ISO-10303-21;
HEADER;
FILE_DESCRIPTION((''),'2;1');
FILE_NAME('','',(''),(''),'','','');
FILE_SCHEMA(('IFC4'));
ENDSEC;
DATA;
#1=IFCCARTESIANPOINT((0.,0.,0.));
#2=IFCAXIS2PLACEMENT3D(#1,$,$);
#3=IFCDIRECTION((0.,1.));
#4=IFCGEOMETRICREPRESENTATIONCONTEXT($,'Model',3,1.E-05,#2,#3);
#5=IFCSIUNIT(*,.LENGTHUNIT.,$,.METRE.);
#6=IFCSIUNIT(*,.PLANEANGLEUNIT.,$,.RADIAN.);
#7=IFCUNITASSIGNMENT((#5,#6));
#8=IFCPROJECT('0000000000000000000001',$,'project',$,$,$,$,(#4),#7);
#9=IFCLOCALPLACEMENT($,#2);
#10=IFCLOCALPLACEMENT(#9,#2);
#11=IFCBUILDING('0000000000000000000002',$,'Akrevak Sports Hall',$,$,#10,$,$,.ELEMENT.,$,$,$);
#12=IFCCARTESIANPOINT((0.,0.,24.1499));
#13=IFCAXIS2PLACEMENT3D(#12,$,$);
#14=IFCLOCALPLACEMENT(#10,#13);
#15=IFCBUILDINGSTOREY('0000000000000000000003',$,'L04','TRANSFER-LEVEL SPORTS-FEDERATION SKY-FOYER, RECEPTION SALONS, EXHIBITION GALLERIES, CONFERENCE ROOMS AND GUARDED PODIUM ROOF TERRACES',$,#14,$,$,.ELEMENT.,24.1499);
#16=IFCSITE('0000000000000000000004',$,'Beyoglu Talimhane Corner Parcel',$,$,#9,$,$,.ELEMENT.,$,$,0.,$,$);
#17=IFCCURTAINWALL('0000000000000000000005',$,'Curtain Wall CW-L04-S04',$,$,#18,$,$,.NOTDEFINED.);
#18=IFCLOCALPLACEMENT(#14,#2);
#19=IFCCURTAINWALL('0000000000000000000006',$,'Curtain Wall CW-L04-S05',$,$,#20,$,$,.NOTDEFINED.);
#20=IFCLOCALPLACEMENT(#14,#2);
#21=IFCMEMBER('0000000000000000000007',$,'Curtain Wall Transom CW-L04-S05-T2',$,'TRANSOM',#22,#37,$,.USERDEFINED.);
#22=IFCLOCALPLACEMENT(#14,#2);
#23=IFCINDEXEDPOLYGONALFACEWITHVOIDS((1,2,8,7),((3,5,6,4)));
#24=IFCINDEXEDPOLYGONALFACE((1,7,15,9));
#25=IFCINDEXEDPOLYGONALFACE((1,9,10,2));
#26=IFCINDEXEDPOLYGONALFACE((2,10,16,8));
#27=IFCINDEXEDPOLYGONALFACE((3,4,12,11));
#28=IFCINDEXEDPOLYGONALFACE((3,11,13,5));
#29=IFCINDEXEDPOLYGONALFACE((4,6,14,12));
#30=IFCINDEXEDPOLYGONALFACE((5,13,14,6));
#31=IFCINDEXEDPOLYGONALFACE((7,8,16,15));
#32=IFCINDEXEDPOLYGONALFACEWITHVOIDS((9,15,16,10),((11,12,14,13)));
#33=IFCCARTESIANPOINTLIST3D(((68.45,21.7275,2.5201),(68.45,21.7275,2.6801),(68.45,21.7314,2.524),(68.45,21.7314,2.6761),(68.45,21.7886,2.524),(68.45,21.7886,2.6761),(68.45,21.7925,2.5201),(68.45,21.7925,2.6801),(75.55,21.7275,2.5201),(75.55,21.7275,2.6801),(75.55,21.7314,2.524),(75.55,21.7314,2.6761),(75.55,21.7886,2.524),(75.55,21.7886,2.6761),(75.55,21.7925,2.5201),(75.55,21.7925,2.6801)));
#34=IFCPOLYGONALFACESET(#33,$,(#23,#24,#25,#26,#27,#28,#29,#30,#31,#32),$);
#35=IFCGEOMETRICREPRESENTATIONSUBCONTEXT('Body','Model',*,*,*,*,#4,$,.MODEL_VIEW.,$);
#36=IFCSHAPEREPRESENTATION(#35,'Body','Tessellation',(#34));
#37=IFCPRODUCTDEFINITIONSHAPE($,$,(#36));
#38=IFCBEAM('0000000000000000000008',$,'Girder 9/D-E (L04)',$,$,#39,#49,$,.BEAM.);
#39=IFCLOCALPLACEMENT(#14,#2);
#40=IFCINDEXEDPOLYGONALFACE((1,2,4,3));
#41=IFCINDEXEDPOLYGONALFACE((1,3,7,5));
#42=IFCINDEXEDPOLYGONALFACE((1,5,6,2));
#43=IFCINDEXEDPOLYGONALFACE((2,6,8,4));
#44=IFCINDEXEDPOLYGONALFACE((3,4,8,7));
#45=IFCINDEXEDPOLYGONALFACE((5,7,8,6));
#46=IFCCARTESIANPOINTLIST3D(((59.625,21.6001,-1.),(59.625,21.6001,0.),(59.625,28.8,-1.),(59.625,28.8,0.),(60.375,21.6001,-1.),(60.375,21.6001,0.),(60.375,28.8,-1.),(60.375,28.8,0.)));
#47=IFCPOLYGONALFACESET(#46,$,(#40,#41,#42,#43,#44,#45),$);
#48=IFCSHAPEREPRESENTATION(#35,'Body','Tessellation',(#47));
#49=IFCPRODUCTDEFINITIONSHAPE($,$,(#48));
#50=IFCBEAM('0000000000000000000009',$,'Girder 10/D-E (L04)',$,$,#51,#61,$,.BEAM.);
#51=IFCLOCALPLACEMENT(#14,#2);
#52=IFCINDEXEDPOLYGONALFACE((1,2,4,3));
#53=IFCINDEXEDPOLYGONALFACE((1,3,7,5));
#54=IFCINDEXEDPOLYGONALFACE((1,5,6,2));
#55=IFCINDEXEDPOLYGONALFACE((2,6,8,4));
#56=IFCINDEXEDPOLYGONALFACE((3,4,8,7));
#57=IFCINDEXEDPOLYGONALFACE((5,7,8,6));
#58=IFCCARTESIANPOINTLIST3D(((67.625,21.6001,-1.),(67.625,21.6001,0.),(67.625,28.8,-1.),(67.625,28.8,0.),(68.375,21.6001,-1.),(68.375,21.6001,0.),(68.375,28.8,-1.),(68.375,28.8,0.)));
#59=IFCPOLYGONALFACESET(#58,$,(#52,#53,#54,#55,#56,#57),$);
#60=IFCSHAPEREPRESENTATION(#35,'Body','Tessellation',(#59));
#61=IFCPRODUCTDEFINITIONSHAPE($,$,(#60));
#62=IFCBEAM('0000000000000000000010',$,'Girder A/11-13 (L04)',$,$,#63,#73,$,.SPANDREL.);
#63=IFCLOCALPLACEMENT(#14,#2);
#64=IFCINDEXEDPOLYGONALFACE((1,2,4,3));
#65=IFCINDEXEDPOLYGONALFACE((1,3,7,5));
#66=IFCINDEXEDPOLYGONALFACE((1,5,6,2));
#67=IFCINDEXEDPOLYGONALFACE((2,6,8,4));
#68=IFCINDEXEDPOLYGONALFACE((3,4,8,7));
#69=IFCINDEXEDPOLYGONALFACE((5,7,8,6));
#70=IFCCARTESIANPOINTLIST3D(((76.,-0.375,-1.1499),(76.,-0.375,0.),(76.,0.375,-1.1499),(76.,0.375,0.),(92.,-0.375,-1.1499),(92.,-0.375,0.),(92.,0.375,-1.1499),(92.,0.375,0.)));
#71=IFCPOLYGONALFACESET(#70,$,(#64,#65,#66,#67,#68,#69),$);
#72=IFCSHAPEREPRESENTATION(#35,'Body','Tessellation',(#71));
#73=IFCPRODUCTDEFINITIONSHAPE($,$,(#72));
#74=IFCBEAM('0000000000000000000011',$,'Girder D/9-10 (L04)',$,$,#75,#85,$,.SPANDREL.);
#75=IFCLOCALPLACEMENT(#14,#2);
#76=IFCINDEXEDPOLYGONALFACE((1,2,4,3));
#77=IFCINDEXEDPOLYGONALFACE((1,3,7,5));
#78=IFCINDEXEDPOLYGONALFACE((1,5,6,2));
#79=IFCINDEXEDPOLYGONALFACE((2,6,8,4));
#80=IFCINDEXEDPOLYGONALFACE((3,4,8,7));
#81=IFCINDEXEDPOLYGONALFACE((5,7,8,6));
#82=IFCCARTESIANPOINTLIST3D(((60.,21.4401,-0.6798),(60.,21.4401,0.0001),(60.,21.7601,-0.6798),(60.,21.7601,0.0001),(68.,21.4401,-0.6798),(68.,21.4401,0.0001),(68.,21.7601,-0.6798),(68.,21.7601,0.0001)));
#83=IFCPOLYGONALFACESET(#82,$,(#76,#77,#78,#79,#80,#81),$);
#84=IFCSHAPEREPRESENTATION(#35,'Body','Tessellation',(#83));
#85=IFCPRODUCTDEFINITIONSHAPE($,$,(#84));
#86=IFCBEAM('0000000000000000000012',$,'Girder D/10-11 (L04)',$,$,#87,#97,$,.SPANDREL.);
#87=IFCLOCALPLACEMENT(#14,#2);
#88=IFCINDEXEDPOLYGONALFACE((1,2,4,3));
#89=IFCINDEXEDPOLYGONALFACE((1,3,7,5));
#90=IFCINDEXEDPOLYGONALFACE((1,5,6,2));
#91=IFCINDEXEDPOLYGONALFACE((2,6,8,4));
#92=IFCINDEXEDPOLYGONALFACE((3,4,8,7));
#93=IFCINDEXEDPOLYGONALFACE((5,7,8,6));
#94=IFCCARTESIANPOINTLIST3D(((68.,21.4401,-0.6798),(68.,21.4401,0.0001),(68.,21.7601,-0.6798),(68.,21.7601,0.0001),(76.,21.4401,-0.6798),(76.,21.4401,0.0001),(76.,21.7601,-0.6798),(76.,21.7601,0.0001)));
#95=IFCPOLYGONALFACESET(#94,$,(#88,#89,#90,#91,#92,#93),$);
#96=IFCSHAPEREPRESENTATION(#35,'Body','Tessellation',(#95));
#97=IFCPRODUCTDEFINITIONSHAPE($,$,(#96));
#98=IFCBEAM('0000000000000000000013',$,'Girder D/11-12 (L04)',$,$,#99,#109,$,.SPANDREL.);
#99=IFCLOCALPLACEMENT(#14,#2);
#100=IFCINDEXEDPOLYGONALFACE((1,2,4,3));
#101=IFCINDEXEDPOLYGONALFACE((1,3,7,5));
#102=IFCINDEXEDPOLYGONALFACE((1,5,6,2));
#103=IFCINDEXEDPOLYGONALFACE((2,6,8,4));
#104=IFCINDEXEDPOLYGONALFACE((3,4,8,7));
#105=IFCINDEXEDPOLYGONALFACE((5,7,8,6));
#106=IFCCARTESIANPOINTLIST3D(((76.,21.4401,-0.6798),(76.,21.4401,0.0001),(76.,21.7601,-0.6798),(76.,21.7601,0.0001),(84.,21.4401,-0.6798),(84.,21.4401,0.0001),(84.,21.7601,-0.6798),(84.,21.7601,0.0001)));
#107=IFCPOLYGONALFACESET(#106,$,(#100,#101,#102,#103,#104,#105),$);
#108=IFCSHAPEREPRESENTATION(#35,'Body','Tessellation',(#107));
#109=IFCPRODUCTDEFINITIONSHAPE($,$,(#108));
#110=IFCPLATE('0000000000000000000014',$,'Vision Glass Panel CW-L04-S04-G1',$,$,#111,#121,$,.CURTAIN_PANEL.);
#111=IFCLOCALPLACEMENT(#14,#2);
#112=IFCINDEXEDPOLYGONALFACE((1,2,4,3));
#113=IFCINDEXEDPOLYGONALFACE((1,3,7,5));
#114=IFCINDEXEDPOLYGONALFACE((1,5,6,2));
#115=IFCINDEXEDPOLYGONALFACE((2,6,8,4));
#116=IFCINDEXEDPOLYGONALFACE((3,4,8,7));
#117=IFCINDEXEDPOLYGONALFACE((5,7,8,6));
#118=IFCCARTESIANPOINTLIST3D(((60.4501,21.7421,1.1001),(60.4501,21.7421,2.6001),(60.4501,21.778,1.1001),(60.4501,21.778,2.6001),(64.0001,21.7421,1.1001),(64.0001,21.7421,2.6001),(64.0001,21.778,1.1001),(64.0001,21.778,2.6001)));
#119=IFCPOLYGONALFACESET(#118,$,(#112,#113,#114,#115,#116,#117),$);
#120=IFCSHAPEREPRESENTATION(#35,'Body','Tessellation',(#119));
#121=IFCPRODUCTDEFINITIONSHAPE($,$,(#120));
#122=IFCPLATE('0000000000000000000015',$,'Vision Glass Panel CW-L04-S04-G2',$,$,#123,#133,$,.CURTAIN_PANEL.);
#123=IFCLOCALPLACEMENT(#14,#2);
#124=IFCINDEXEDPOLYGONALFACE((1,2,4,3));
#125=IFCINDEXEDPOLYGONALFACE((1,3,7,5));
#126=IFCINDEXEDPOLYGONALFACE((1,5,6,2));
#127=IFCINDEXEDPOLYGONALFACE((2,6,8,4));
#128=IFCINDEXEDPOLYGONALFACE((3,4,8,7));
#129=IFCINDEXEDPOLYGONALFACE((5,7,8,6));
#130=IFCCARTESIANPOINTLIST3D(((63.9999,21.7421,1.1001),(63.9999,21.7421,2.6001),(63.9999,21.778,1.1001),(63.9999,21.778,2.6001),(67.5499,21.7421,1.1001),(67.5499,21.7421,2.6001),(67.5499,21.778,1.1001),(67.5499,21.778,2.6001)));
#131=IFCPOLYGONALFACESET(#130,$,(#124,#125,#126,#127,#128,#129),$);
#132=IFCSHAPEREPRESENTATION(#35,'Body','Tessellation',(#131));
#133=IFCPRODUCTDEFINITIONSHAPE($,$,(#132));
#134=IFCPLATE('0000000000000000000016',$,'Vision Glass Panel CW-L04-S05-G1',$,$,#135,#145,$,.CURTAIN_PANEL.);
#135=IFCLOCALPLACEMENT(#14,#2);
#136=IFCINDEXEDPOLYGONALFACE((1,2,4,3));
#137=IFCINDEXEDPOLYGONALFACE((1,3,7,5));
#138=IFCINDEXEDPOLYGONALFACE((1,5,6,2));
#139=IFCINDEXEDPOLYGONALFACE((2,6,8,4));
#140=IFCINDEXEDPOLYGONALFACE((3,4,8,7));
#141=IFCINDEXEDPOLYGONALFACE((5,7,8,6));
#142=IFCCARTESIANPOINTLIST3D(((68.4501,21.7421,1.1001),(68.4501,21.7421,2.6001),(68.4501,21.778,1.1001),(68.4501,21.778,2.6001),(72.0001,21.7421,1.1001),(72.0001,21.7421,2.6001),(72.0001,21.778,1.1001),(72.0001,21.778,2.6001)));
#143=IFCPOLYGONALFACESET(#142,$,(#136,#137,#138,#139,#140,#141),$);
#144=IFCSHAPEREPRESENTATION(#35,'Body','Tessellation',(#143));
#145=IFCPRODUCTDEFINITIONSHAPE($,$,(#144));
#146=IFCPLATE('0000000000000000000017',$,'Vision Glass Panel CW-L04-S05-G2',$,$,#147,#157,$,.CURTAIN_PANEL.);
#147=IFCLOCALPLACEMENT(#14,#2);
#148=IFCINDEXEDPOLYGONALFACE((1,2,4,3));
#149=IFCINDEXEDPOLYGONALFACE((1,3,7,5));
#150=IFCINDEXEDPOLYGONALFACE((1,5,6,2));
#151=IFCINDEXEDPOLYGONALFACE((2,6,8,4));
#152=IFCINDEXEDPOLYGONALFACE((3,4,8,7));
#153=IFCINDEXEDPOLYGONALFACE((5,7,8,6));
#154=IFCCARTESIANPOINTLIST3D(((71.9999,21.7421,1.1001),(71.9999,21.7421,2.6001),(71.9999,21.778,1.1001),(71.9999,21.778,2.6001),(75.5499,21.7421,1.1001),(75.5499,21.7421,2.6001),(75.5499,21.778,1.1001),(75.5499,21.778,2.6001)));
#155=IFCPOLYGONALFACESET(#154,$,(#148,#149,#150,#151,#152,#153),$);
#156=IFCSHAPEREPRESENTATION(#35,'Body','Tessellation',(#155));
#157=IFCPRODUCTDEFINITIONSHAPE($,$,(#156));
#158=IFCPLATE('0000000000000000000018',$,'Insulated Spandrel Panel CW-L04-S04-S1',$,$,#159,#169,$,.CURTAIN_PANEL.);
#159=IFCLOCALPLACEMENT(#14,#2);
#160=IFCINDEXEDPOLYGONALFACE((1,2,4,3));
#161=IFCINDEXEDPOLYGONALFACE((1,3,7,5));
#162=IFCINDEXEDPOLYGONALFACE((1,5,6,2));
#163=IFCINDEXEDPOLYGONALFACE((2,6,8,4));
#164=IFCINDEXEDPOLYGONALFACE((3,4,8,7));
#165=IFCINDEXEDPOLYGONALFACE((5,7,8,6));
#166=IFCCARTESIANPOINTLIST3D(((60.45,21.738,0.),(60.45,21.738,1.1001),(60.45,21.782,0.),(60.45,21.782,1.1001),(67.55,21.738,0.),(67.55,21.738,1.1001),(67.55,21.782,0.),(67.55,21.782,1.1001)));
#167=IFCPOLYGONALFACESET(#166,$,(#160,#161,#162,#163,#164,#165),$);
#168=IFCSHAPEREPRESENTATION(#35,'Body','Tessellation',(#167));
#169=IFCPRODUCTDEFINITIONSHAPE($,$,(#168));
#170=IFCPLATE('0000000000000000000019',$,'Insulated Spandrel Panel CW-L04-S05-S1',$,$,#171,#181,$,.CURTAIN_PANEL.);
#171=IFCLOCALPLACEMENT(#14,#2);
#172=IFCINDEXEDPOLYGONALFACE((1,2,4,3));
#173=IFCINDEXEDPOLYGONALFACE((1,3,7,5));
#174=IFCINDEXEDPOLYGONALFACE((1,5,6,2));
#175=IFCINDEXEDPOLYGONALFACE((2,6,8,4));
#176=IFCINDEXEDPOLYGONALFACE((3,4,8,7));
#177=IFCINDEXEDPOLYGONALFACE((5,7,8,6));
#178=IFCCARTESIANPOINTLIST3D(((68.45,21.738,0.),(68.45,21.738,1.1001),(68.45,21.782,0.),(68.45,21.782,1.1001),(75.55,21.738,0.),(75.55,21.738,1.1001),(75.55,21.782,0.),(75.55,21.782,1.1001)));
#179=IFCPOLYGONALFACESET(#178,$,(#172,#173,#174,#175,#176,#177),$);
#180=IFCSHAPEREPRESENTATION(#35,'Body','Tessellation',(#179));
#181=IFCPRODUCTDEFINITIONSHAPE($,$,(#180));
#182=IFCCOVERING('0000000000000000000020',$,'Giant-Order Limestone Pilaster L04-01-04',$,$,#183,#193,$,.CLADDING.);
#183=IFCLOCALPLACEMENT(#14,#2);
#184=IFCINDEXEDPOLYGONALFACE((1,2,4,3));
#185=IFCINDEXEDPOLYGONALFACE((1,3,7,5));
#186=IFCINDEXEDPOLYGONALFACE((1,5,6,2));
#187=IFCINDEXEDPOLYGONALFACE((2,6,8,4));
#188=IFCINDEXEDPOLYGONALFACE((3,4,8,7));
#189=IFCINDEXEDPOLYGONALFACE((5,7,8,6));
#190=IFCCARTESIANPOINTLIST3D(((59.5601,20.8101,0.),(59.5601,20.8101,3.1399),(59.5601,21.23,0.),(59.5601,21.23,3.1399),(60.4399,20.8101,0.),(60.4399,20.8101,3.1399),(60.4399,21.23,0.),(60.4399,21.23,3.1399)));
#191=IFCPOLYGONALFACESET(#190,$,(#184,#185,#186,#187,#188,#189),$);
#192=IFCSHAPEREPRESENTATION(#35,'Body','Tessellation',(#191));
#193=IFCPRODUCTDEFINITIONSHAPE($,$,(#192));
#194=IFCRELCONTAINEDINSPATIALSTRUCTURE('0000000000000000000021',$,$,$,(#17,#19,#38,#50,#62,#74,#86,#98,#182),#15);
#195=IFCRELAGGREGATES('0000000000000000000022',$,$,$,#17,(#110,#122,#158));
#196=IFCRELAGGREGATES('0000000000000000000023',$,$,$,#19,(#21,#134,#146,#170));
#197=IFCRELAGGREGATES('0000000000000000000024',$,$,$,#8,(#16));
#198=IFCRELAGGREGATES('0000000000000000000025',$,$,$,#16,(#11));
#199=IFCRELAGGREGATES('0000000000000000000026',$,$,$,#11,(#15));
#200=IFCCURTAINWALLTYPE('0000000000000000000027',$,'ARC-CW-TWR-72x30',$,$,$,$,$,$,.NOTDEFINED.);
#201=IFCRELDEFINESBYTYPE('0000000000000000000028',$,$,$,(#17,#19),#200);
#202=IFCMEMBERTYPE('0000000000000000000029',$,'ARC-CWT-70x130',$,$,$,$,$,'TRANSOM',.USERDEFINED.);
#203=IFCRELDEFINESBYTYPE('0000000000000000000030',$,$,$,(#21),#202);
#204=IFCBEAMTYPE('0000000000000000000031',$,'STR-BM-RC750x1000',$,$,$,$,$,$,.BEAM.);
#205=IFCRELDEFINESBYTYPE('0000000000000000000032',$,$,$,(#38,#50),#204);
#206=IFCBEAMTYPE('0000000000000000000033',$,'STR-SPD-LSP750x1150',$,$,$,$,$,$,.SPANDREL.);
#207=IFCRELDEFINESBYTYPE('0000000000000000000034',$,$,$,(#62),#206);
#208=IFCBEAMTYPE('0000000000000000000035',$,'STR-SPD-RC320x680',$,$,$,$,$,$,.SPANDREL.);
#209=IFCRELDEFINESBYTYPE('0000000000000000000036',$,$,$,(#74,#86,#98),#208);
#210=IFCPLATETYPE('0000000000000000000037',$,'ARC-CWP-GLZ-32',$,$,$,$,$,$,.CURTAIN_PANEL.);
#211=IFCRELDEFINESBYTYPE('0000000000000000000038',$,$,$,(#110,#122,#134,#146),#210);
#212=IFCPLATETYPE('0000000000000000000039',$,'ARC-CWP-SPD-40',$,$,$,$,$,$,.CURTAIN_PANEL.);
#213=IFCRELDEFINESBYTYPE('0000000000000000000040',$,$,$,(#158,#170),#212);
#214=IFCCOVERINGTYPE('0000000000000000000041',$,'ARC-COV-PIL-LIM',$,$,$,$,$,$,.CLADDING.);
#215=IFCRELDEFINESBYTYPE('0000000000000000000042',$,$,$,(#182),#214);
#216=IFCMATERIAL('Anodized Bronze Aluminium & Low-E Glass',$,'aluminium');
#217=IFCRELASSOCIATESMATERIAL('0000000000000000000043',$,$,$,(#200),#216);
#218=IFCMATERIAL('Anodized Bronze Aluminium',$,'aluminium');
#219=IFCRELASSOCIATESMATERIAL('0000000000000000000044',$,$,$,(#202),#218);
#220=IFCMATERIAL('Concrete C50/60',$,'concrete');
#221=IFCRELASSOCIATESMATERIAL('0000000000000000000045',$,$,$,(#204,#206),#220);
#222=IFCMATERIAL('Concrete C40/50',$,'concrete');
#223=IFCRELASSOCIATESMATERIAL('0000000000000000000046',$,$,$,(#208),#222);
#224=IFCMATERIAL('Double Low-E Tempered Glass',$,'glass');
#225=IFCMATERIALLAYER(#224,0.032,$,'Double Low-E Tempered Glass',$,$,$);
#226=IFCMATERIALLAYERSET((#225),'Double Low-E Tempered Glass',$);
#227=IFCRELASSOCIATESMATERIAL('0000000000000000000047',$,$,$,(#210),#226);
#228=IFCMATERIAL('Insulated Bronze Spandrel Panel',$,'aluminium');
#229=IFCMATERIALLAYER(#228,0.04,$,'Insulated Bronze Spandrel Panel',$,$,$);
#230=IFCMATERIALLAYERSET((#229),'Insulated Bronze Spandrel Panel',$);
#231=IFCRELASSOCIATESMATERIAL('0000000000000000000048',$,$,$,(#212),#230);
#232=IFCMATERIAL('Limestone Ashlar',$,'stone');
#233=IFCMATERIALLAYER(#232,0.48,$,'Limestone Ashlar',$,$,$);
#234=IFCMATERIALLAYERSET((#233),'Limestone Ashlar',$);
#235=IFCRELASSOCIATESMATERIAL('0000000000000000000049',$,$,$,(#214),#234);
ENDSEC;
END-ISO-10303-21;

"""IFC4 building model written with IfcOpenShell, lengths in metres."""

from ifc_helpers import new_model, si_unit, direction, frame, origin, origin_2d, place, context, subcontext, project, spatial, rectangle, hollow_rectangle, extrude, material, layer, layer_set, material_profile, profile_set, type_object, element, aggregate, save


model = new_model("IFC4")

# Units and contexts
model_context = context("Model", 3, precision=1e-05, world=origin(), true_north=direction((0.0, 1.0)))
body_context = subcontext(model_context, "Body", "Model", "MODEL_VIEW")
ifc_project = project(units=[si_unit("LENGTHUNIT", "METRE"), si_unit("PLANEANGLEUNIT", "RADIAN")], contexts=[model_context])

# Site, building, storey
site_placement = place(None, origin())
site = spatial("IfcSite", under=ifc_project, at=site_placement, Name="Beyoglu Talimhane Corner Parcel", CompositionType="ELEMENT", RefElevation=0.0)
building_placement = place(site_placement, origin())
building = spatial("IfcBuilding", under=site, at=building_placement, Name="Akrevak Sports Hall", CompositionType="ELEMENT")
storey_placement = place(building_placement, frame((0.0, 0.0, 24.1499)))
storey = spatial("IfcBuildingStorey", under=building, at=storey_placement, Name="L04", Description="TRANSFER-LEVEL SPORTS-FEDERATION SKY-FOYER, RECEPTION SALONS, EXHIBITION GALLERIES, CONFERENCE ROOMS AND GUARDED PODIUM ROOF TERRACES", CompositionType="ELEMENT", Elevation=24.1499)

# Shared definitions
ifc_material_1 = material(Name="Concrete C40/50", Category="concrete")

# Curtain walls
ifc_material_2 = material(Name="Anodized Bronze Aluminium & Low-E Glass", Category="aluminium")
curtain_wall_type = type_object("IfcCurtainWallType", Name="ARC-CW-TWR-72x30", PredefinedType="NOTDEFINED", material=ifc_material_2)
curtain_wall_1_placement = place(storey_placement, origin())
curtain_wall_1 = element("IfcCurtainWall", 1, at=curtain_wall_1_placement, inside=storey, type_object=curtain_wall_type, Name="Curtain Wall CW-L04-S04", PredefinedType="NOTDEFINED")
ifc_material_3 = material(Name="Anodized Bronze Aluminium", Category="aluminium")
curtain_wall_2_placement = place(storey_placement, origin())
curtain_wall_2 = element("IfcCurtainWall", 2, at=curtain_wall_2_placement, inside=storey, type_object=curtain_wall_type, Name="Curtain Wall CW-L04-S05", PredefinedType="NOTDEFINED")

# Member
ifc_material_profile_1 = material_profile(ifc_material_3, hollow_rectangle(XDim=0.0649, YDim=0.1599, WallThickness=0.0039, at=origin_2d()), Name="CWT 65x160", Category="aluminium")
ifc_profile_set_1 = profile_set([ifc_material_profile_1], Name="Anodized Bronze Aluminium")
member_type_1 = type_object("IfcMemberType", Name="ARC-CWT-70x130", ElementType="TRANSOM", PredefinedType="USERDEFINED", material=ifc_profile_set_1)
member_1_placement = place(storey_placement, frame((68.45, 21.76, 2.6001), z_axis=(1.0, 0.0, 0.0), x_axis=(0.0, 1.0, 0.0)))
member_1 = element("IfcMember", 3, at=member_1_placement, type_object=member_type_1, Name="Curtain Wall Transom CW-L04-S05-T2", ObjectType="TRANSOM", PredefinedType="USERDEFINED", context=body_context, shape_type="SweptSolid", body=[
    extrude(hollow_rectangle(XDim=0.0649, YDim=0.1599, WallThickness=0.0039, at=origin_2d()), origin(), (0.0, 0.0, 1.0), 7.1001),
])

# Beams
ifc_material_4 = material(Name="Concrete C50/60", Category="concrete")
ifc_material_profile_2 = material_profile(ifc_material_4, rectangle(XDim=0.75, YDim=1.0, at=origin_2d()), Name="BM 750x1000", Category="concrete")
ifc_profile_set_2 = profile_set([ifc_material_profile_2], Name="Concrete C50/60")
beam_type_1 = type_object("IfcBeamType", Name="STR-BM-RC750x1000", PredefinedType="BEAM", material=ifc_profile_set_2)
for number, where, z_axis, x_axis, name in (
    (4, (60.0, 21.6001, -0.5), (0.0, 1.0, 0.0), (-1.0, 0.0, 0.0), "Girder 9/D-E (L04)"),
    (5, (68.0, 21.6001, -0.5), (0.0, 1.0, 0.0), (-1.0, 0.0, 0.0), "Girder 10/D-E (L04)"),
):
    element("IfcBeam", number, at=place(storey_placement, frame(where, z_axis=z_axis, x_axis=x_axis)), inside=storey, type_object=beam_type_1, Name=name, PredefinedType="BEAM", context=body_context, shape_type="SweptSolid", body=[
        extrude(rectangle(XDim=0.75, YDim=1.0, at=origin_2d()), origin(), (0.0, 0.0, 1.0), 7.2),
    ])
ifc_material_profile_3 = material_profile(ifc_material_4, rectangle(XDim=0.75, YDim=1.1499, at=origin_2d()), Name="SPD 750x1150", Category="concrete")
ifc_profile_set_3 = profile_set([ifc_material_profile_3], Name="Concrete C50/60")
beam_type_2 = type_object("IfcBeamType", Name="STR-SPD-LSP750x1150", PredefinedType="SPANDREL", material=ifc_profile_set_3)
beam_placement = place(storey_placement, frame((76.0, 0.0, -0.575), z_axis=(1.0, 0.0, 0.0), x_axis=(0.0, 1.0, 0.0)))
element("IfcBeam", 6, at=beam_placement, inside=storey, type_object=beam_type_2, Name="Girder A/11-13 (L04)", PredefinedType="SPANDREL", context=body_context, shape_type="SweptSolid", body=[
    extrude(rectangle(XDim=0.75, YDim=1.1499, at=origin_2d()), origin(), (0.0, 0.0, 1.0), 16.0),
])
ifc_material_profile_4 = material_profile(ifc_material_1, rectangle(XDim=0.3201, YDim=0.6799, at=origin_2d()), Name="SPD 320x680", Category="concrete")
ifc_profile_set_4 = profile_set([ifc_material_profile_4], Name="Concrete C40/50")
beam_type_3 = type_object("IfcBeamType", Name="STR-SPD-RC320x680", PredefinedType="SPANDREL", material=ifc_profile_set_4)
for number, where, z_axis, x_axis, name in (
    (7, (60.0, 21.6001, -0.3398), (1.0, 0.0, 0.0), (0.0, 1.0, 0.0), "Girder D/9-10 (L04)"),
    (8, (68.0, 21.6001, -0.3398), (1.0, 0.0, 0.0), (0.0, 1.0, 0.0), "Girder D/10-11 (L04)"),
    (9, (76.0, 21.6001, -0.3398), (1.0, 0.0, 0.0), (0.0, 1.0, 0.0), "Girder D/11-12 (L04)"),
):
    element("IfcBeam", number, at=place(storey_placement, frame(where, z_axis=z_axis, x_axis=x_axis)), inside=storey, type_object=beam_type_3, Name=name, PredefinedType="SPANDREL", context=body_context, shape_type="SweptSolid", body=[
        extrude(rectangle(XDim=0.3201, YDim=0.6799, at=origin_2d()), origin(), (0.0, 0.0, 1.0), 8.0),
    ])

# Plates
ifc_material_5 = material(Name="Double Low-E Tempered Glass", Category="glass")
ifc_layer_1 = layer(ifc_material_5, 0.032, Name="Double Low-E Tempered Glass")
ifc_layer_set_1 = layer_set([ifc_layer_1], Name="Double Low-E Tempered Glass")
plate_type_1 = type_object("IfcPlateType", Name="ARC-CWP-GLZ-32", PredefinedType="CURTAIN_PANEL", material=ifc_layer_set_1)
plate_1_placement = place(storey_placement, frame((62.2251, 21.76, 1.1001), z_axis=(0.0, 0.0, 1.0), x_axis=(1.0, 0.0, 0.0)))
plate_1 = element("IfcPlate", 10, at=plate_1_placement, type_object=plate_type_1, Name="Vision Glass Panel CW-L04-S04-G1", PredefinedType="CURTAIN_PANEL", context=body_context, shape_type="SweptSolid", body=[
    extrude(rectangle(XDim=3.55, YDim=0.0359, at=origin_2d()), origin(), (0.0, 0.0, 1.0), 1.5),
])
plate_2_placement = place(storey_placement, frame((65.7749, 21.76, 1.1001), z_axis=(0.0, 0.0, 1.0), x_axis=(1.0, 0.0, 0.0)))
plate_2 = element("IfcPlate", 11, at=plate_2_placement, type_object=plate_type_1, Name="Vision Glass Panel CW-L04-S04-G2", PredefinedType="CURTAIN_PANEL", context=body_context, shape_type="SweptSolid", body=[
    extrude(rectangle(XDim=3.55, YDim=0.0359, at=origin_2d()), origin(), (0.0, 0.0, 1.0), 1.5),
])
plate_3_placement = place(storey_placement, frame((70.2251, 21.76, 1.1001), z_axis=(0.0, 0.0, 1.0), x_axis=(1.0, 0.0, 0.0)))
plate_3 = element("IfcPlate", 12, at=plate_3_placement, type_object=plate_type_1, Name="Vision Glass Panel CW-L04-S05-G1", PredefinedType="CURTAIN_PANEL", context=body_context, shape_type="SweptSolid", body=[
    extrude(rectangle(XDim=3.55, YDim=0.0359, at=origin_2d()), origin(), (0.0, 0.0, 1.0), 1.5),
])
plate_4_placement = place(storey_placement, frame((73.7749, 21.76, 1.1001), z_axis=(0.0, 0.0, 1.0), x_axis=(1.0, 0.0, 0.0)))
plate_4 = element("IfcPlate", 13, at=plate_4_placement, type_object=plate_type_1, Name="Vision Glass Panel CW-L04-S05-G2", PredefinedType="CURTAIN_PANEL", context=body_context, shape_type="SweptSolid", body=[
    extrude(rectangle(XDim=3.55, YDim=0.0359, at=origin_2d()), origin(), (0.0, 0.0, 1.0), 1.5),
])
ifc_material_6 = material(Name="Insulated Bronze Spandrel Panel", Category="aluminium")
ifc_layer_2 = layer(ifc_material_6, 0.04, Name="Insulated Bronze Spandrel Panel")
ifc_layer_set_2 = layer_set([ifc_layer_2], Name="Insulated Bronze Spandrel Panel")
plate_type_2 = type_object("IfcPlateType", Name="ARC-CWP-SPD-40", PredefinedType="CURTAIN_PANEL", material=ifc_layer_set_2)
plate_5_placement = place(storey_placement, frame((64.0, 21.76, 0.0), z_axis=(0.0, 0.0, 1.0), x_axis=(1.0, 0.0, 0.0)))
plate_5 = element("IfcPlate", 14, at=plate_5_placement, type_object=plate_type_2, Name="Insulated Spandrel Panel CW-L04-S04-S1", PredefinedType="CURTAIN_PANEL", context=body_context, shape_type="SweptSolid", body=[
    extrude(rectangle(XDim=7.1001, YDim=0.0439, at=origin_2d()), origin(), (0.0, 0.0, 1.0), 1.1001),
])
aggregate(curtain_wall_1, [plate_1, plate_2, plate_5])
plate_6_placement = place(storey_placement, frame((72.0, 21.76, 0.0), z_axis=(0.0, 0.0, 1.0), x_axis=(1.0, 0.0, 0.0)))
plate_6 = element("IfcPlate", 15, at=plate_6_placement, type_object=plate_type_2, Name="Insulated Spandrel Panel CW-L04-S05-S1", PredefinedType="CURTAIN_PANEL", context=body_context, shape_type="SweptSolid", body=[
    extrude(rectangle(XDim=7.1001, YDim=0.0439, at=origin_2d()), origin(), (0.0, 0.0, 1.0), 1.1001),
])
aggregate(curtain_wall_2, [member_1, plate_3, plate_4, plate_6])

# Covering
ifc_material_7 = material(Name="Limestone Ashlar", Category="stone")
ifc_layer_3 = layer(ifc_material_7, 0.48, Name="Limestone Ashlar")
ifc_layer_set_3 = layer_set([ifc_layer_3], Name="Limestone Ashlar")
covering_type = type_object("IfcCoveringType", Name="ARC-COV-PIL-LIM", PredefinedType="CLADDING", material=ifc_layer_set_3)
for number, where, z_axis, x_axis, name in (
    (16, (60.0, 21.02, 0.0), (0.0, 0.0, 1.0), (1.0, 0.0, 0.0), "Giant-Order Limestone Pilaster L04-01-04"),
):
    element("IfcCovering", number, at=place(storey_placement, frame(where, z_axis=z_axis, x_axis=x_axis)), inside=storey, type_object=covering_type, Name=name, PredefinedType="CLADDING", context=body_context, shape_type="SweptSolid", body=[
        extrude(rectangle(XDim=0.8799, YDim=0.4199, at=origin_2d()), origin(), (0.0, 0.0, 1.0), 3.1399),
    ])

save(model, "model.ifc")
